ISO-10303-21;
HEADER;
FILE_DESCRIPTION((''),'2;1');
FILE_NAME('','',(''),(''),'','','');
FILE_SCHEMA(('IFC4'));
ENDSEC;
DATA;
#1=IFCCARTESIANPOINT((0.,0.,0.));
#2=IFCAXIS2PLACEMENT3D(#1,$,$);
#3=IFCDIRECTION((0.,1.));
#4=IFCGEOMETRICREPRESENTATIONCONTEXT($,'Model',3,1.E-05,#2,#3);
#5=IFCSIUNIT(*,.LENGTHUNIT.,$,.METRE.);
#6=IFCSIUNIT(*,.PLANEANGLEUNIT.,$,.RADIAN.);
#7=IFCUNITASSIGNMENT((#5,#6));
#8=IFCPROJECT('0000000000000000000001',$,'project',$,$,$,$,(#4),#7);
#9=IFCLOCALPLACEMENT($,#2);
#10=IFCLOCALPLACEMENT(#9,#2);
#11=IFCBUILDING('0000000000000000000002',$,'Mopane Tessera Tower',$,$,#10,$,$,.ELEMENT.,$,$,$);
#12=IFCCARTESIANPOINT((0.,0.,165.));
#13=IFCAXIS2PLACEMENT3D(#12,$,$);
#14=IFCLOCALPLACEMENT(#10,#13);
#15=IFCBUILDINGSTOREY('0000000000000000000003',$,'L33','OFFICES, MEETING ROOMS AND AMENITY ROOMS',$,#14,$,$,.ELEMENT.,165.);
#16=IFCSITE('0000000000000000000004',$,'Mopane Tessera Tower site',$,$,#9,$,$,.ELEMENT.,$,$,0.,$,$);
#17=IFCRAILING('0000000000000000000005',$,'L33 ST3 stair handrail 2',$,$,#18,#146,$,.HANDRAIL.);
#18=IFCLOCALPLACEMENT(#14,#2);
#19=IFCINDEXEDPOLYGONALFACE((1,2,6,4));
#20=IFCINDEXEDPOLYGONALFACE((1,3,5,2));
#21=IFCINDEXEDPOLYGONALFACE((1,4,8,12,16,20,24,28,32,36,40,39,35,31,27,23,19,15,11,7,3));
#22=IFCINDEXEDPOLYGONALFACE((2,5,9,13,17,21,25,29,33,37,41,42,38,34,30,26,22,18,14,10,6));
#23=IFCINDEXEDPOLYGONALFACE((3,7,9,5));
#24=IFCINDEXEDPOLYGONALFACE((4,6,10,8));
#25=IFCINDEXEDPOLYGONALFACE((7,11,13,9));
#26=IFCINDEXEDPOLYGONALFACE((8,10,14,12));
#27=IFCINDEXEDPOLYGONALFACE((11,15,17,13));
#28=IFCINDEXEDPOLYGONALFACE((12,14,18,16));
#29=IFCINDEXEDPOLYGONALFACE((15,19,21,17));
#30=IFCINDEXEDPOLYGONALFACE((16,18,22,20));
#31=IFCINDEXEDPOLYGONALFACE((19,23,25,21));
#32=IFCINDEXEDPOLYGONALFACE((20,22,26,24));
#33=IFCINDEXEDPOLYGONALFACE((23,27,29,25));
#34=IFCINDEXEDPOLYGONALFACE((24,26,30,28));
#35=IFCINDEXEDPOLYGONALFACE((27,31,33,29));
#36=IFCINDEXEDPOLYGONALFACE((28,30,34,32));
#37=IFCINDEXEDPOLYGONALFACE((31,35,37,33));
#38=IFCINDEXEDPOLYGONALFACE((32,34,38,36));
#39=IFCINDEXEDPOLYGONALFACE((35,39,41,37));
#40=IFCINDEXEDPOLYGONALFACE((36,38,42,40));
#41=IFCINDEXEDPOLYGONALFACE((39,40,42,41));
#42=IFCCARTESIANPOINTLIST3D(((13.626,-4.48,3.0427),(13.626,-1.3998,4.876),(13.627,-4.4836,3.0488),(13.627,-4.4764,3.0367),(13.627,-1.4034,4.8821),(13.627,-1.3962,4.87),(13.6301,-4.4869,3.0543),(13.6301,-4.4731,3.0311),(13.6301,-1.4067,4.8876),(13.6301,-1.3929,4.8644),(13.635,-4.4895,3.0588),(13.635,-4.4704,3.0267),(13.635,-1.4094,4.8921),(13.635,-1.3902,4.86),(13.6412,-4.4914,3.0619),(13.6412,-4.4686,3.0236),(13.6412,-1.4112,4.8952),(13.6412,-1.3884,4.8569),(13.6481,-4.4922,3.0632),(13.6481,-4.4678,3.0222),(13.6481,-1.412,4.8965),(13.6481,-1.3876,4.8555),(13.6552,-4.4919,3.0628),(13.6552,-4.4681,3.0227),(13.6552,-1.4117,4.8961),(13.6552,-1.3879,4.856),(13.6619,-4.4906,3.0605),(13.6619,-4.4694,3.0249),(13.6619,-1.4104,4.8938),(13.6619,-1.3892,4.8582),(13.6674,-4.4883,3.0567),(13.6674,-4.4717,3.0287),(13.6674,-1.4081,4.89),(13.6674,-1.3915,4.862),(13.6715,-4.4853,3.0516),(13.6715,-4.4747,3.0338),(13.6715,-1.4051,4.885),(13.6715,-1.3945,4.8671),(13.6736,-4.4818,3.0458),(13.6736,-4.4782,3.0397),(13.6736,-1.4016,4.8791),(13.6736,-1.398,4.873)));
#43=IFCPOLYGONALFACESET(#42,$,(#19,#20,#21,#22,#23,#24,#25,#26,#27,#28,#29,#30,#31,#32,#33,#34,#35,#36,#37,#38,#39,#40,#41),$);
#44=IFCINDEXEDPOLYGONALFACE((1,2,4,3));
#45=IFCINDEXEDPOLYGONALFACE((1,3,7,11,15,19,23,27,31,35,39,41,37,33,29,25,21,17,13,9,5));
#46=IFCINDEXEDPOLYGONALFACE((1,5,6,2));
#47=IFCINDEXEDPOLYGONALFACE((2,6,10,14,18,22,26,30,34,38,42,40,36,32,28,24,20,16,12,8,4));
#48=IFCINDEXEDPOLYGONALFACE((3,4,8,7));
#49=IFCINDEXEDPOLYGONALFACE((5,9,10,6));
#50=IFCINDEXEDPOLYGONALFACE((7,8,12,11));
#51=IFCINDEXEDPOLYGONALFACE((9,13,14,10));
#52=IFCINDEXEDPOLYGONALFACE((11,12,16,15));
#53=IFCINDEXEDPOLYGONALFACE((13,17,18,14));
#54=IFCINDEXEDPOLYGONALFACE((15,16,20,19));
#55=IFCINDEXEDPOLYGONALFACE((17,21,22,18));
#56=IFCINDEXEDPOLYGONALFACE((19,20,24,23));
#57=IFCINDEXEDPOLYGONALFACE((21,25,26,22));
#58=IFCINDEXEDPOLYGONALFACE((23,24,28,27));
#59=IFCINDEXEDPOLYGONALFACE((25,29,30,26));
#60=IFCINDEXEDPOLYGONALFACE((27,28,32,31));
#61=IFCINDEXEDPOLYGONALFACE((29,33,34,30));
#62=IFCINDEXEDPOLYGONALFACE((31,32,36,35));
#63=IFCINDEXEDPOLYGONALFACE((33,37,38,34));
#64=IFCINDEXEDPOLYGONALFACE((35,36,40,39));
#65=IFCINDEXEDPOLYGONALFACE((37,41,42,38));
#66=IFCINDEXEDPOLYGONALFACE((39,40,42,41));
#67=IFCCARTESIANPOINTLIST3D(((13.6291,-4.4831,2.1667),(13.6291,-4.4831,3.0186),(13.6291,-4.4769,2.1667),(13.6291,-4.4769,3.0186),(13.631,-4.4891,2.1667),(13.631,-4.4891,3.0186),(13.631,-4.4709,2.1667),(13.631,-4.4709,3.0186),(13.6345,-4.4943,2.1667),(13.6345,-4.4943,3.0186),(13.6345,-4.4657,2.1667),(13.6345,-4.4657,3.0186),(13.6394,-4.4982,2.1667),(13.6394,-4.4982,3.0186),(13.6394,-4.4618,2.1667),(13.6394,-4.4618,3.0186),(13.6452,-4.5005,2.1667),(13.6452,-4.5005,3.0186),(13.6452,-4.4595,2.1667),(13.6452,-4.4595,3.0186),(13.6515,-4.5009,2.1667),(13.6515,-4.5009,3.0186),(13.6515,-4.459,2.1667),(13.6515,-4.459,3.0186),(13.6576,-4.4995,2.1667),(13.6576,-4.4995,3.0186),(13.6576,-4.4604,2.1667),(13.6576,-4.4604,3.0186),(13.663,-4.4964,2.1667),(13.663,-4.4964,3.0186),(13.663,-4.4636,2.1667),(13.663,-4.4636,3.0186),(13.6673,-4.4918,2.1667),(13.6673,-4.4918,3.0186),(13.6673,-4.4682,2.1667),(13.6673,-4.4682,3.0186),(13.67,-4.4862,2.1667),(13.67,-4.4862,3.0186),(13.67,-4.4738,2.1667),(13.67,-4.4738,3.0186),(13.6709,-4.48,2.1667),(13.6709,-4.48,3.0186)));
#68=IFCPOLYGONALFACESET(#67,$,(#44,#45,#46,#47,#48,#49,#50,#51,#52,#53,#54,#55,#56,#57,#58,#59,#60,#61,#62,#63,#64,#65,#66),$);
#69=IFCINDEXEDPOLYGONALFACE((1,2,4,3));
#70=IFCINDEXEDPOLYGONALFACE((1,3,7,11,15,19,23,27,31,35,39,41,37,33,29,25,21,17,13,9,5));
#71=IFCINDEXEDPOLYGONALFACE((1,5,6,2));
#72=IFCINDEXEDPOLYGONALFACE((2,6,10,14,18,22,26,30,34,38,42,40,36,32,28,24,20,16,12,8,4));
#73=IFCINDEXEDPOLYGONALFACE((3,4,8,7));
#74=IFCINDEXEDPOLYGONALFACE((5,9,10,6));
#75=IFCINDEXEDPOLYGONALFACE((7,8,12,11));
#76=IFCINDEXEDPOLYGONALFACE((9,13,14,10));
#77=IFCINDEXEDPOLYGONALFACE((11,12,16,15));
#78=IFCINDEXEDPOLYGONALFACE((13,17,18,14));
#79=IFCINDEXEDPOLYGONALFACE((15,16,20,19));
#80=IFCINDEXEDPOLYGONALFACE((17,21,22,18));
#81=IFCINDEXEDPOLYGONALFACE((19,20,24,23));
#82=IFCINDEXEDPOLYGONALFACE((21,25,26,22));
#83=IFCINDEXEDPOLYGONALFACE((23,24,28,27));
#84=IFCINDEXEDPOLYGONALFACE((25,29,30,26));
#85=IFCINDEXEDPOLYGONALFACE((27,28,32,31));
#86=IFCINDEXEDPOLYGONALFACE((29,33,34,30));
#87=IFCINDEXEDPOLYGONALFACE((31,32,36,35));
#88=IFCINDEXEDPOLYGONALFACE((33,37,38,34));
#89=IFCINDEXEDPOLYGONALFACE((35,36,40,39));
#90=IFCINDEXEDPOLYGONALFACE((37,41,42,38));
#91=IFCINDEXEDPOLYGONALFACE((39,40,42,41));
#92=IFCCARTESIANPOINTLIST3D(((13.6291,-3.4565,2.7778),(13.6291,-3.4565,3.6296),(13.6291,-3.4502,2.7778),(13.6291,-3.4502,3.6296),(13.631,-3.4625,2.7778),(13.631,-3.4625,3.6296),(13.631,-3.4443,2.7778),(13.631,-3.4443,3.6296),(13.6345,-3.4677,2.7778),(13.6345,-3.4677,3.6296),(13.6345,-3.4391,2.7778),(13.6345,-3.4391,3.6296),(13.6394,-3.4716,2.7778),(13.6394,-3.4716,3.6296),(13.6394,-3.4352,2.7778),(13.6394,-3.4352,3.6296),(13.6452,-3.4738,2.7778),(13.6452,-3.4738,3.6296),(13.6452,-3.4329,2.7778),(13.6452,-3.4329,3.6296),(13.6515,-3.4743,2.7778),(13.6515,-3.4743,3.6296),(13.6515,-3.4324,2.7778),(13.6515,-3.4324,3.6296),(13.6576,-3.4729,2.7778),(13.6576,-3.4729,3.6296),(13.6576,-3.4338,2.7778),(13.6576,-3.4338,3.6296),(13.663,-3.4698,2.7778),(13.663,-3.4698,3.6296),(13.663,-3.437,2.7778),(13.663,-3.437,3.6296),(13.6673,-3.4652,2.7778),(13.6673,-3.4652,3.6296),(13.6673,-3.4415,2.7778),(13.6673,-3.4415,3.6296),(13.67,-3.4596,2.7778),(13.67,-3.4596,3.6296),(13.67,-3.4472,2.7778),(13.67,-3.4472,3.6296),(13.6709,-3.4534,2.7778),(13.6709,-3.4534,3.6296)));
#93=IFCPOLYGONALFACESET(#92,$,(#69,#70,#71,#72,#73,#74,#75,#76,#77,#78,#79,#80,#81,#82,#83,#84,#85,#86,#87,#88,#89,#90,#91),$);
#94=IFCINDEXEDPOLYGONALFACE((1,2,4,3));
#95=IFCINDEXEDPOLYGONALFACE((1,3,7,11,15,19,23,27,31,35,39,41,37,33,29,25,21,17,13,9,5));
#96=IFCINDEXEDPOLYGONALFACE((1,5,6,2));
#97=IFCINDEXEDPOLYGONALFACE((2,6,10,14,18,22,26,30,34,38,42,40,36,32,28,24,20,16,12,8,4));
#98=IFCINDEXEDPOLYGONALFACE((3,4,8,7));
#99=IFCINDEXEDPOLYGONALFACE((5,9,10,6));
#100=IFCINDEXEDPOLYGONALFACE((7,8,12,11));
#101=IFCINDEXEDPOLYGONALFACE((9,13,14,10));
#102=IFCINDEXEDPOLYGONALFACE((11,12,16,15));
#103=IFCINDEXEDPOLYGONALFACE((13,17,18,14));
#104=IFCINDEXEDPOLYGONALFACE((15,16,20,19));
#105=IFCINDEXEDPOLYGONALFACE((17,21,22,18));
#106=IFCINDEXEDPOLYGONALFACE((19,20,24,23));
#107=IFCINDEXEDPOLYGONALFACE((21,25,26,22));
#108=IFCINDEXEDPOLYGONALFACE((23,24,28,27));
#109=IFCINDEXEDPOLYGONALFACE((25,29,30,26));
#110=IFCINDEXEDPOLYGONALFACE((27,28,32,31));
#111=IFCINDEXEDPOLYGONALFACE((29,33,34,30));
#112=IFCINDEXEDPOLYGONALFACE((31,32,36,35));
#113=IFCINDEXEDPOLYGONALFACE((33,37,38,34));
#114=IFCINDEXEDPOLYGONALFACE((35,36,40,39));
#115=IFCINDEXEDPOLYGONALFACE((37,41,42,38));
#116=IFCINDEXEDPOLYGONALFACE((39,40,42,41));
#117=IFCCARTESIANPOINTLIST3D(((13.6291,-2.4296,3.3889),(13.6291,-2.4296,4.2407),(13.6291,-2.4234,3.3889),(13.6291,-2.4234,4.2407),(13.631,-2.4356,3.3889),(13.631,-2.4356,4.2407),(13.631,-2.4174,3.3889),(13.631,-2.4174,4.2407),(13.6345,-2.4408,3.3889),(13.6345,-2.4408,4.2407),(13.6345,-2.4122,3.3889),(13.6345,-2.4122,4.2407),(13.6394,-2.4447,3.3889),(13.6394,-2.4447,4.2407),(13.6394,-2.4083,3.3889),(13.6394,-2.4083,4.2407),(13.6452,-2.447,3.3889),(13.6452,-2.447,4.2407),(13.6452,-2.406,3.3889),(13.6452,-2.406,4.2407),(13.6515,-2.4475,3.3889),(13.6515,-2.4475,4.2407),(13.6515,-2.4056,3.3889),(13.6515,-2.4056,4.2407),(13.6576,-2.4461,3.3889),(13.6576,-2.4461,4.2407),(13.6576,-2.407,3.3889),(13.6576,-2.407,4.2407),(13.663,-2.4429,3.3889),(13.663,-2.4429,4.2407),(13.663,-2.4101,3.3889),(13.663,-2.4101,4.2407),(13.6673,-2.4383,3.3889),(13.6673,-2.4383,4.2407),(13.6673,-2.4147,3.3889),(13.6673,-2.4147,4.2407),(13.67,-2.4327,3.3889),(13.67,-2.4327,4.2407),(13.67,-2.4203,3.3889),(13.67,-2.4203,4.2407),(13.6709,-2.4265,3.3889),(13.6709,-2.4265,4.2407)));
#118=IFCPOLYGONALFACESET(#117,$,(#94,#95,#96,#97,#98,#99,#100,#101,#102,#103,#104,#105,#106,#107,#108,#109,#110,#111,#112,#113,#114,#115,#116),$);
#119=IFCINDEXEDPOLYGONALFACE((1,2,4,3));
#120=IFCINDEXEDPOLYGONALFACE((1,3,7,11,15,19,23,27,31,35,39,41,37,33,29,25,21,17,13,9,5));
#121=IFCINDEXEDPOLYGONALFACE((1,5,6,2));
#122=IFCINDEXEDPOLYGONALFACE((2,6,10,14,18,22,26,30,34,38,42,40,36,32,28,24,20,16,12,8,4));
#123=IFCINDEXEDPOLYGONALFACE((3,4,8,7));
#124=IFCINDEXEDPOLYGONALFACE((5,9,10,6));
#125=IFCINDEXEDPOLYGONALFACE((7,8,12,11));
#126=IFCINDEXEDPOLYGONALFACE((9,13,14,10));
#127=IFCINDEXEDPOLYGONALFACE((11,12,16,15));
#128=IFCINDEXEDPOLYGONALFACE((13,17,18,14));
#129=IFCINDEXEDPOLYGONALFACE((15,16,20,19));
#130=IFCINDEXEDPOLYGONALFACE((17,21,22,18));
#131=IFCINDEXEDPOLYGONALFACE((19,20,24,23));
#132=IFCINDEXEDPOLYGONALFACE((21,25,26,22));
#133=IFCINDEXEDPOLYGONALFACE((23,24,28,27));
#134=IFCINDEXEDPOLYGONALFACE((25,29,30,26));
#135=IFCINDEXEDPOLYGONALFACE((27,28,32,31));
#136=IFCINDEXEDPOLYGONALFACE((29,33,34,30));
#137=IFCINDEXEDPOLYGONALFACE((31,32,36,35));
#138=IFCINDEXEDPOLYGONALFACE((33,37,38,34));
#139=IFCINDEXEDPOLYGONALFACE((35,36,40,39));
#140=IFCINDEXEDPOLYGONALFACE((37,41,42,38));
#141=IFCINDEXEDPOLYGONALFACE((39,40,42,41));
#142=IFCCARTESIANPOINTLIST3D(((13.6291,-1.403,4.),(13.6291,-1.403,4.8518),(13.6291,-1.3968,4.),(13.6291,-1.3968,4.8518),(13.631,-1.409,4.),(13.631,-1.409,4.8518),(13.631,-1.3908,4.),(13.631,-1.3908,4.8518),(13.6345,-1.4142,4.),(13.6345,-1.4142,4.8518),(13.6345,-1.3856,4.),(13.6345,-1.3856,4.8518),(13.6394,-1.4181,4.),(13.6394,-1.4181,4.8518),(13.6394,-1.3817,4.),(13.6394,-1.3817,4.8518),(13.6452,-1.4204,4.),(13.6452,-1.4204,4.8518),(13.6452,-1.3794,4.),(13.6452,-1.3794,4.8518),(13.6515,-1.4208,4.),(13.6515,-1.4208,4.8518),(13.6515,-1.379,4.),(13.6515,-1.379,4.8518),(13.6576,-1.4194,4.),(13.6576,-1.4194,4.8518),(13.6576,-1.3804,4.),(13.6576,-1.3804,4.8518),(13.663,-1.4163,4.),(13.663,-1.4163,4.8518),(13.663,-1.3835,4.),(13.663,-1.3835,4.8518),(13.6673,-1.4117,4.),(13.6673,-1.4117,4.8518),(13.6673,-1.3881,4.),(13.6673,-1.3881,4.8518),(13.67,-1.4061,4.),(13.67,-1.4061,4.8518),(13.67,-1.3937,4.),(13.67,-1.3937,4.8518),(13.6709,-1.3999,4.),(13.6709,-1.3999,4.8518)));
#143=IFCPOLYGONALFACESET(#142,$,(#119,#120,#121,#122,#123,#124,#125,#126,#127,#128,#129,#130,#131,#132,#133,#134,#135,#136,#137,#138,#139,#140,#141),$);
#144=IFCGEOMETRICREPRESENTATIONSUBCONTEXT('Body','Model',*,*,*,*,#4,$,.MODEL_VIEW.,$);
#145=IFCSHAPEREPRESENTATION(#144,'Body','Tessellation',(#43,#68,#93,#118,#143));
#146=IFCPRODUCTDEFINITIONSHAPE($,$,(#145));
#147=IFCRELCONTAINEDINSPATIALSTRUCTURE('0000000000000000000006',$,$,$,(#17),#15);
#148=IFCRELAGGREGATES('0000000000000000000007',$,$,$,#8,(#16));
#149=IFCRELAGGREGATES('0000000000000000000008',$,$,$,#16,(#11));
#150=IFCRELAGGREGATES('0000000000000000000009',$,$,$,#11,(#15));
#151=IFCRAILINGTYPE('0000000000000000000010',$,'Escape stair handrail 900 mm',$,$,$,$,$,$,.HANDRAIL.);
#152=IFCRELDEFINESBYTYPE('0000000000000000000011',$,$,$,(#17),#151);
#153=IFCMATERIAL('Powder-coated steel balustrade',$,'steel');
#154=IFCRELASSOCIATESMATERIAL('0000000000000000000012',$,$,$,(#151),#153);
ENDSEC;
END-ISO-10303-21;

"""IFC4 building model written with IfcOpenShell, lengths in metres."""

from ifc_helpers import new_model, si_unit, direction, frame, origin, origin_2d, place, context, subcontext, project, spatial, circle, extrude, material, type_object, element, save


model = new_model("IFC4")

# Units and contexts
model_context = context("Model", 3, precision=1e-05, world=origin(), true_north=direction((0.0, 1.0)))
body_context = subcontext(model_context, "Body", "Model", "MODEL_VIEW")
ifc_project = project(units=[si_unit("LENGTHUNIT", "METRE"), si_unit("PLANEANGLEUNIT", "RADIAN")], contexts=[model_context])

# Site, building, storey
site_placement = place(None, origin())
site = spatial("IfcSite", under=ifc_project, at=site_placement, Name="Mopane Tessera Tower site", CompositionType="ELEMENT", RefElevation=0.0)
building_placement = place(site_placement, origin())
building = spatial("IfcBuilding", under=site, at=building_placement, Name="Mopane Tessera Tower", CompositionType="ELEMENT")
storey_placement = place(building_placement, frame((0.0, 0.0, 165.0)))
storey = spatial("IfcBuildingStorey", under=building, at=storey_placement, Name="L33", Description="OFFICES, MEETING ROOMS AND AMENITY ROOMS", CompositionType="ELEMENT", Elevation=165.0)

# Railing
ifc_material_1 = material(Name="Powder-coated steel balustrade", Category="steel")
railing_type_1 = type_object("IfcRailingType", Name="Escape stair handrail 900 mm", PredefinedType="HANDRAIL", material=ifc_material_1)
railing_1_placement = place(storey_placement, frame((13.6499, -4.48, 2.1667)))
element("IfcRailing", 1, at=railing_1_placement, inside=storey, type_object=railing_type_1, Name="L33 ST3 stair handrail 2", PredefinedType="HANDRAIL", context=body_context, shape_type="SweptSolid", body=[
    extrude(circle(Radius=0.0239, at=origin_2d()), frame((0.0, 0.0, 0.876), z_axis=(0.0, 0.859309, 0.511458), x_axis=(-1.0, 0.0, 0.0)), (0.0, 0.0, 1.0), 3.5845),
    extrude(circle(Radius=0.021, at=origin_2d()), origin(), (0.0, 0.0, 1.0), 0.8518),
    extrude(circle(Radius=0.021, at=origin_2d()), frame((0.0, 1.0266, 0.6111)), (0.0, 0.0, 1.0), 0.8518),
    extrude(circle(Radius=0.021, at=origin_2d()), frame((0.0, 2.0535, 1.2222)), (0.0, 0.0, 1.0), 0.8518),
    extrude(circle(Radius=0.021, at=origin_2d()), frame((0.0, 3.0801, 1.8333)), (0.0, 0.0, 1.0), 0.8518),
])

save(model, "model.ifc")
